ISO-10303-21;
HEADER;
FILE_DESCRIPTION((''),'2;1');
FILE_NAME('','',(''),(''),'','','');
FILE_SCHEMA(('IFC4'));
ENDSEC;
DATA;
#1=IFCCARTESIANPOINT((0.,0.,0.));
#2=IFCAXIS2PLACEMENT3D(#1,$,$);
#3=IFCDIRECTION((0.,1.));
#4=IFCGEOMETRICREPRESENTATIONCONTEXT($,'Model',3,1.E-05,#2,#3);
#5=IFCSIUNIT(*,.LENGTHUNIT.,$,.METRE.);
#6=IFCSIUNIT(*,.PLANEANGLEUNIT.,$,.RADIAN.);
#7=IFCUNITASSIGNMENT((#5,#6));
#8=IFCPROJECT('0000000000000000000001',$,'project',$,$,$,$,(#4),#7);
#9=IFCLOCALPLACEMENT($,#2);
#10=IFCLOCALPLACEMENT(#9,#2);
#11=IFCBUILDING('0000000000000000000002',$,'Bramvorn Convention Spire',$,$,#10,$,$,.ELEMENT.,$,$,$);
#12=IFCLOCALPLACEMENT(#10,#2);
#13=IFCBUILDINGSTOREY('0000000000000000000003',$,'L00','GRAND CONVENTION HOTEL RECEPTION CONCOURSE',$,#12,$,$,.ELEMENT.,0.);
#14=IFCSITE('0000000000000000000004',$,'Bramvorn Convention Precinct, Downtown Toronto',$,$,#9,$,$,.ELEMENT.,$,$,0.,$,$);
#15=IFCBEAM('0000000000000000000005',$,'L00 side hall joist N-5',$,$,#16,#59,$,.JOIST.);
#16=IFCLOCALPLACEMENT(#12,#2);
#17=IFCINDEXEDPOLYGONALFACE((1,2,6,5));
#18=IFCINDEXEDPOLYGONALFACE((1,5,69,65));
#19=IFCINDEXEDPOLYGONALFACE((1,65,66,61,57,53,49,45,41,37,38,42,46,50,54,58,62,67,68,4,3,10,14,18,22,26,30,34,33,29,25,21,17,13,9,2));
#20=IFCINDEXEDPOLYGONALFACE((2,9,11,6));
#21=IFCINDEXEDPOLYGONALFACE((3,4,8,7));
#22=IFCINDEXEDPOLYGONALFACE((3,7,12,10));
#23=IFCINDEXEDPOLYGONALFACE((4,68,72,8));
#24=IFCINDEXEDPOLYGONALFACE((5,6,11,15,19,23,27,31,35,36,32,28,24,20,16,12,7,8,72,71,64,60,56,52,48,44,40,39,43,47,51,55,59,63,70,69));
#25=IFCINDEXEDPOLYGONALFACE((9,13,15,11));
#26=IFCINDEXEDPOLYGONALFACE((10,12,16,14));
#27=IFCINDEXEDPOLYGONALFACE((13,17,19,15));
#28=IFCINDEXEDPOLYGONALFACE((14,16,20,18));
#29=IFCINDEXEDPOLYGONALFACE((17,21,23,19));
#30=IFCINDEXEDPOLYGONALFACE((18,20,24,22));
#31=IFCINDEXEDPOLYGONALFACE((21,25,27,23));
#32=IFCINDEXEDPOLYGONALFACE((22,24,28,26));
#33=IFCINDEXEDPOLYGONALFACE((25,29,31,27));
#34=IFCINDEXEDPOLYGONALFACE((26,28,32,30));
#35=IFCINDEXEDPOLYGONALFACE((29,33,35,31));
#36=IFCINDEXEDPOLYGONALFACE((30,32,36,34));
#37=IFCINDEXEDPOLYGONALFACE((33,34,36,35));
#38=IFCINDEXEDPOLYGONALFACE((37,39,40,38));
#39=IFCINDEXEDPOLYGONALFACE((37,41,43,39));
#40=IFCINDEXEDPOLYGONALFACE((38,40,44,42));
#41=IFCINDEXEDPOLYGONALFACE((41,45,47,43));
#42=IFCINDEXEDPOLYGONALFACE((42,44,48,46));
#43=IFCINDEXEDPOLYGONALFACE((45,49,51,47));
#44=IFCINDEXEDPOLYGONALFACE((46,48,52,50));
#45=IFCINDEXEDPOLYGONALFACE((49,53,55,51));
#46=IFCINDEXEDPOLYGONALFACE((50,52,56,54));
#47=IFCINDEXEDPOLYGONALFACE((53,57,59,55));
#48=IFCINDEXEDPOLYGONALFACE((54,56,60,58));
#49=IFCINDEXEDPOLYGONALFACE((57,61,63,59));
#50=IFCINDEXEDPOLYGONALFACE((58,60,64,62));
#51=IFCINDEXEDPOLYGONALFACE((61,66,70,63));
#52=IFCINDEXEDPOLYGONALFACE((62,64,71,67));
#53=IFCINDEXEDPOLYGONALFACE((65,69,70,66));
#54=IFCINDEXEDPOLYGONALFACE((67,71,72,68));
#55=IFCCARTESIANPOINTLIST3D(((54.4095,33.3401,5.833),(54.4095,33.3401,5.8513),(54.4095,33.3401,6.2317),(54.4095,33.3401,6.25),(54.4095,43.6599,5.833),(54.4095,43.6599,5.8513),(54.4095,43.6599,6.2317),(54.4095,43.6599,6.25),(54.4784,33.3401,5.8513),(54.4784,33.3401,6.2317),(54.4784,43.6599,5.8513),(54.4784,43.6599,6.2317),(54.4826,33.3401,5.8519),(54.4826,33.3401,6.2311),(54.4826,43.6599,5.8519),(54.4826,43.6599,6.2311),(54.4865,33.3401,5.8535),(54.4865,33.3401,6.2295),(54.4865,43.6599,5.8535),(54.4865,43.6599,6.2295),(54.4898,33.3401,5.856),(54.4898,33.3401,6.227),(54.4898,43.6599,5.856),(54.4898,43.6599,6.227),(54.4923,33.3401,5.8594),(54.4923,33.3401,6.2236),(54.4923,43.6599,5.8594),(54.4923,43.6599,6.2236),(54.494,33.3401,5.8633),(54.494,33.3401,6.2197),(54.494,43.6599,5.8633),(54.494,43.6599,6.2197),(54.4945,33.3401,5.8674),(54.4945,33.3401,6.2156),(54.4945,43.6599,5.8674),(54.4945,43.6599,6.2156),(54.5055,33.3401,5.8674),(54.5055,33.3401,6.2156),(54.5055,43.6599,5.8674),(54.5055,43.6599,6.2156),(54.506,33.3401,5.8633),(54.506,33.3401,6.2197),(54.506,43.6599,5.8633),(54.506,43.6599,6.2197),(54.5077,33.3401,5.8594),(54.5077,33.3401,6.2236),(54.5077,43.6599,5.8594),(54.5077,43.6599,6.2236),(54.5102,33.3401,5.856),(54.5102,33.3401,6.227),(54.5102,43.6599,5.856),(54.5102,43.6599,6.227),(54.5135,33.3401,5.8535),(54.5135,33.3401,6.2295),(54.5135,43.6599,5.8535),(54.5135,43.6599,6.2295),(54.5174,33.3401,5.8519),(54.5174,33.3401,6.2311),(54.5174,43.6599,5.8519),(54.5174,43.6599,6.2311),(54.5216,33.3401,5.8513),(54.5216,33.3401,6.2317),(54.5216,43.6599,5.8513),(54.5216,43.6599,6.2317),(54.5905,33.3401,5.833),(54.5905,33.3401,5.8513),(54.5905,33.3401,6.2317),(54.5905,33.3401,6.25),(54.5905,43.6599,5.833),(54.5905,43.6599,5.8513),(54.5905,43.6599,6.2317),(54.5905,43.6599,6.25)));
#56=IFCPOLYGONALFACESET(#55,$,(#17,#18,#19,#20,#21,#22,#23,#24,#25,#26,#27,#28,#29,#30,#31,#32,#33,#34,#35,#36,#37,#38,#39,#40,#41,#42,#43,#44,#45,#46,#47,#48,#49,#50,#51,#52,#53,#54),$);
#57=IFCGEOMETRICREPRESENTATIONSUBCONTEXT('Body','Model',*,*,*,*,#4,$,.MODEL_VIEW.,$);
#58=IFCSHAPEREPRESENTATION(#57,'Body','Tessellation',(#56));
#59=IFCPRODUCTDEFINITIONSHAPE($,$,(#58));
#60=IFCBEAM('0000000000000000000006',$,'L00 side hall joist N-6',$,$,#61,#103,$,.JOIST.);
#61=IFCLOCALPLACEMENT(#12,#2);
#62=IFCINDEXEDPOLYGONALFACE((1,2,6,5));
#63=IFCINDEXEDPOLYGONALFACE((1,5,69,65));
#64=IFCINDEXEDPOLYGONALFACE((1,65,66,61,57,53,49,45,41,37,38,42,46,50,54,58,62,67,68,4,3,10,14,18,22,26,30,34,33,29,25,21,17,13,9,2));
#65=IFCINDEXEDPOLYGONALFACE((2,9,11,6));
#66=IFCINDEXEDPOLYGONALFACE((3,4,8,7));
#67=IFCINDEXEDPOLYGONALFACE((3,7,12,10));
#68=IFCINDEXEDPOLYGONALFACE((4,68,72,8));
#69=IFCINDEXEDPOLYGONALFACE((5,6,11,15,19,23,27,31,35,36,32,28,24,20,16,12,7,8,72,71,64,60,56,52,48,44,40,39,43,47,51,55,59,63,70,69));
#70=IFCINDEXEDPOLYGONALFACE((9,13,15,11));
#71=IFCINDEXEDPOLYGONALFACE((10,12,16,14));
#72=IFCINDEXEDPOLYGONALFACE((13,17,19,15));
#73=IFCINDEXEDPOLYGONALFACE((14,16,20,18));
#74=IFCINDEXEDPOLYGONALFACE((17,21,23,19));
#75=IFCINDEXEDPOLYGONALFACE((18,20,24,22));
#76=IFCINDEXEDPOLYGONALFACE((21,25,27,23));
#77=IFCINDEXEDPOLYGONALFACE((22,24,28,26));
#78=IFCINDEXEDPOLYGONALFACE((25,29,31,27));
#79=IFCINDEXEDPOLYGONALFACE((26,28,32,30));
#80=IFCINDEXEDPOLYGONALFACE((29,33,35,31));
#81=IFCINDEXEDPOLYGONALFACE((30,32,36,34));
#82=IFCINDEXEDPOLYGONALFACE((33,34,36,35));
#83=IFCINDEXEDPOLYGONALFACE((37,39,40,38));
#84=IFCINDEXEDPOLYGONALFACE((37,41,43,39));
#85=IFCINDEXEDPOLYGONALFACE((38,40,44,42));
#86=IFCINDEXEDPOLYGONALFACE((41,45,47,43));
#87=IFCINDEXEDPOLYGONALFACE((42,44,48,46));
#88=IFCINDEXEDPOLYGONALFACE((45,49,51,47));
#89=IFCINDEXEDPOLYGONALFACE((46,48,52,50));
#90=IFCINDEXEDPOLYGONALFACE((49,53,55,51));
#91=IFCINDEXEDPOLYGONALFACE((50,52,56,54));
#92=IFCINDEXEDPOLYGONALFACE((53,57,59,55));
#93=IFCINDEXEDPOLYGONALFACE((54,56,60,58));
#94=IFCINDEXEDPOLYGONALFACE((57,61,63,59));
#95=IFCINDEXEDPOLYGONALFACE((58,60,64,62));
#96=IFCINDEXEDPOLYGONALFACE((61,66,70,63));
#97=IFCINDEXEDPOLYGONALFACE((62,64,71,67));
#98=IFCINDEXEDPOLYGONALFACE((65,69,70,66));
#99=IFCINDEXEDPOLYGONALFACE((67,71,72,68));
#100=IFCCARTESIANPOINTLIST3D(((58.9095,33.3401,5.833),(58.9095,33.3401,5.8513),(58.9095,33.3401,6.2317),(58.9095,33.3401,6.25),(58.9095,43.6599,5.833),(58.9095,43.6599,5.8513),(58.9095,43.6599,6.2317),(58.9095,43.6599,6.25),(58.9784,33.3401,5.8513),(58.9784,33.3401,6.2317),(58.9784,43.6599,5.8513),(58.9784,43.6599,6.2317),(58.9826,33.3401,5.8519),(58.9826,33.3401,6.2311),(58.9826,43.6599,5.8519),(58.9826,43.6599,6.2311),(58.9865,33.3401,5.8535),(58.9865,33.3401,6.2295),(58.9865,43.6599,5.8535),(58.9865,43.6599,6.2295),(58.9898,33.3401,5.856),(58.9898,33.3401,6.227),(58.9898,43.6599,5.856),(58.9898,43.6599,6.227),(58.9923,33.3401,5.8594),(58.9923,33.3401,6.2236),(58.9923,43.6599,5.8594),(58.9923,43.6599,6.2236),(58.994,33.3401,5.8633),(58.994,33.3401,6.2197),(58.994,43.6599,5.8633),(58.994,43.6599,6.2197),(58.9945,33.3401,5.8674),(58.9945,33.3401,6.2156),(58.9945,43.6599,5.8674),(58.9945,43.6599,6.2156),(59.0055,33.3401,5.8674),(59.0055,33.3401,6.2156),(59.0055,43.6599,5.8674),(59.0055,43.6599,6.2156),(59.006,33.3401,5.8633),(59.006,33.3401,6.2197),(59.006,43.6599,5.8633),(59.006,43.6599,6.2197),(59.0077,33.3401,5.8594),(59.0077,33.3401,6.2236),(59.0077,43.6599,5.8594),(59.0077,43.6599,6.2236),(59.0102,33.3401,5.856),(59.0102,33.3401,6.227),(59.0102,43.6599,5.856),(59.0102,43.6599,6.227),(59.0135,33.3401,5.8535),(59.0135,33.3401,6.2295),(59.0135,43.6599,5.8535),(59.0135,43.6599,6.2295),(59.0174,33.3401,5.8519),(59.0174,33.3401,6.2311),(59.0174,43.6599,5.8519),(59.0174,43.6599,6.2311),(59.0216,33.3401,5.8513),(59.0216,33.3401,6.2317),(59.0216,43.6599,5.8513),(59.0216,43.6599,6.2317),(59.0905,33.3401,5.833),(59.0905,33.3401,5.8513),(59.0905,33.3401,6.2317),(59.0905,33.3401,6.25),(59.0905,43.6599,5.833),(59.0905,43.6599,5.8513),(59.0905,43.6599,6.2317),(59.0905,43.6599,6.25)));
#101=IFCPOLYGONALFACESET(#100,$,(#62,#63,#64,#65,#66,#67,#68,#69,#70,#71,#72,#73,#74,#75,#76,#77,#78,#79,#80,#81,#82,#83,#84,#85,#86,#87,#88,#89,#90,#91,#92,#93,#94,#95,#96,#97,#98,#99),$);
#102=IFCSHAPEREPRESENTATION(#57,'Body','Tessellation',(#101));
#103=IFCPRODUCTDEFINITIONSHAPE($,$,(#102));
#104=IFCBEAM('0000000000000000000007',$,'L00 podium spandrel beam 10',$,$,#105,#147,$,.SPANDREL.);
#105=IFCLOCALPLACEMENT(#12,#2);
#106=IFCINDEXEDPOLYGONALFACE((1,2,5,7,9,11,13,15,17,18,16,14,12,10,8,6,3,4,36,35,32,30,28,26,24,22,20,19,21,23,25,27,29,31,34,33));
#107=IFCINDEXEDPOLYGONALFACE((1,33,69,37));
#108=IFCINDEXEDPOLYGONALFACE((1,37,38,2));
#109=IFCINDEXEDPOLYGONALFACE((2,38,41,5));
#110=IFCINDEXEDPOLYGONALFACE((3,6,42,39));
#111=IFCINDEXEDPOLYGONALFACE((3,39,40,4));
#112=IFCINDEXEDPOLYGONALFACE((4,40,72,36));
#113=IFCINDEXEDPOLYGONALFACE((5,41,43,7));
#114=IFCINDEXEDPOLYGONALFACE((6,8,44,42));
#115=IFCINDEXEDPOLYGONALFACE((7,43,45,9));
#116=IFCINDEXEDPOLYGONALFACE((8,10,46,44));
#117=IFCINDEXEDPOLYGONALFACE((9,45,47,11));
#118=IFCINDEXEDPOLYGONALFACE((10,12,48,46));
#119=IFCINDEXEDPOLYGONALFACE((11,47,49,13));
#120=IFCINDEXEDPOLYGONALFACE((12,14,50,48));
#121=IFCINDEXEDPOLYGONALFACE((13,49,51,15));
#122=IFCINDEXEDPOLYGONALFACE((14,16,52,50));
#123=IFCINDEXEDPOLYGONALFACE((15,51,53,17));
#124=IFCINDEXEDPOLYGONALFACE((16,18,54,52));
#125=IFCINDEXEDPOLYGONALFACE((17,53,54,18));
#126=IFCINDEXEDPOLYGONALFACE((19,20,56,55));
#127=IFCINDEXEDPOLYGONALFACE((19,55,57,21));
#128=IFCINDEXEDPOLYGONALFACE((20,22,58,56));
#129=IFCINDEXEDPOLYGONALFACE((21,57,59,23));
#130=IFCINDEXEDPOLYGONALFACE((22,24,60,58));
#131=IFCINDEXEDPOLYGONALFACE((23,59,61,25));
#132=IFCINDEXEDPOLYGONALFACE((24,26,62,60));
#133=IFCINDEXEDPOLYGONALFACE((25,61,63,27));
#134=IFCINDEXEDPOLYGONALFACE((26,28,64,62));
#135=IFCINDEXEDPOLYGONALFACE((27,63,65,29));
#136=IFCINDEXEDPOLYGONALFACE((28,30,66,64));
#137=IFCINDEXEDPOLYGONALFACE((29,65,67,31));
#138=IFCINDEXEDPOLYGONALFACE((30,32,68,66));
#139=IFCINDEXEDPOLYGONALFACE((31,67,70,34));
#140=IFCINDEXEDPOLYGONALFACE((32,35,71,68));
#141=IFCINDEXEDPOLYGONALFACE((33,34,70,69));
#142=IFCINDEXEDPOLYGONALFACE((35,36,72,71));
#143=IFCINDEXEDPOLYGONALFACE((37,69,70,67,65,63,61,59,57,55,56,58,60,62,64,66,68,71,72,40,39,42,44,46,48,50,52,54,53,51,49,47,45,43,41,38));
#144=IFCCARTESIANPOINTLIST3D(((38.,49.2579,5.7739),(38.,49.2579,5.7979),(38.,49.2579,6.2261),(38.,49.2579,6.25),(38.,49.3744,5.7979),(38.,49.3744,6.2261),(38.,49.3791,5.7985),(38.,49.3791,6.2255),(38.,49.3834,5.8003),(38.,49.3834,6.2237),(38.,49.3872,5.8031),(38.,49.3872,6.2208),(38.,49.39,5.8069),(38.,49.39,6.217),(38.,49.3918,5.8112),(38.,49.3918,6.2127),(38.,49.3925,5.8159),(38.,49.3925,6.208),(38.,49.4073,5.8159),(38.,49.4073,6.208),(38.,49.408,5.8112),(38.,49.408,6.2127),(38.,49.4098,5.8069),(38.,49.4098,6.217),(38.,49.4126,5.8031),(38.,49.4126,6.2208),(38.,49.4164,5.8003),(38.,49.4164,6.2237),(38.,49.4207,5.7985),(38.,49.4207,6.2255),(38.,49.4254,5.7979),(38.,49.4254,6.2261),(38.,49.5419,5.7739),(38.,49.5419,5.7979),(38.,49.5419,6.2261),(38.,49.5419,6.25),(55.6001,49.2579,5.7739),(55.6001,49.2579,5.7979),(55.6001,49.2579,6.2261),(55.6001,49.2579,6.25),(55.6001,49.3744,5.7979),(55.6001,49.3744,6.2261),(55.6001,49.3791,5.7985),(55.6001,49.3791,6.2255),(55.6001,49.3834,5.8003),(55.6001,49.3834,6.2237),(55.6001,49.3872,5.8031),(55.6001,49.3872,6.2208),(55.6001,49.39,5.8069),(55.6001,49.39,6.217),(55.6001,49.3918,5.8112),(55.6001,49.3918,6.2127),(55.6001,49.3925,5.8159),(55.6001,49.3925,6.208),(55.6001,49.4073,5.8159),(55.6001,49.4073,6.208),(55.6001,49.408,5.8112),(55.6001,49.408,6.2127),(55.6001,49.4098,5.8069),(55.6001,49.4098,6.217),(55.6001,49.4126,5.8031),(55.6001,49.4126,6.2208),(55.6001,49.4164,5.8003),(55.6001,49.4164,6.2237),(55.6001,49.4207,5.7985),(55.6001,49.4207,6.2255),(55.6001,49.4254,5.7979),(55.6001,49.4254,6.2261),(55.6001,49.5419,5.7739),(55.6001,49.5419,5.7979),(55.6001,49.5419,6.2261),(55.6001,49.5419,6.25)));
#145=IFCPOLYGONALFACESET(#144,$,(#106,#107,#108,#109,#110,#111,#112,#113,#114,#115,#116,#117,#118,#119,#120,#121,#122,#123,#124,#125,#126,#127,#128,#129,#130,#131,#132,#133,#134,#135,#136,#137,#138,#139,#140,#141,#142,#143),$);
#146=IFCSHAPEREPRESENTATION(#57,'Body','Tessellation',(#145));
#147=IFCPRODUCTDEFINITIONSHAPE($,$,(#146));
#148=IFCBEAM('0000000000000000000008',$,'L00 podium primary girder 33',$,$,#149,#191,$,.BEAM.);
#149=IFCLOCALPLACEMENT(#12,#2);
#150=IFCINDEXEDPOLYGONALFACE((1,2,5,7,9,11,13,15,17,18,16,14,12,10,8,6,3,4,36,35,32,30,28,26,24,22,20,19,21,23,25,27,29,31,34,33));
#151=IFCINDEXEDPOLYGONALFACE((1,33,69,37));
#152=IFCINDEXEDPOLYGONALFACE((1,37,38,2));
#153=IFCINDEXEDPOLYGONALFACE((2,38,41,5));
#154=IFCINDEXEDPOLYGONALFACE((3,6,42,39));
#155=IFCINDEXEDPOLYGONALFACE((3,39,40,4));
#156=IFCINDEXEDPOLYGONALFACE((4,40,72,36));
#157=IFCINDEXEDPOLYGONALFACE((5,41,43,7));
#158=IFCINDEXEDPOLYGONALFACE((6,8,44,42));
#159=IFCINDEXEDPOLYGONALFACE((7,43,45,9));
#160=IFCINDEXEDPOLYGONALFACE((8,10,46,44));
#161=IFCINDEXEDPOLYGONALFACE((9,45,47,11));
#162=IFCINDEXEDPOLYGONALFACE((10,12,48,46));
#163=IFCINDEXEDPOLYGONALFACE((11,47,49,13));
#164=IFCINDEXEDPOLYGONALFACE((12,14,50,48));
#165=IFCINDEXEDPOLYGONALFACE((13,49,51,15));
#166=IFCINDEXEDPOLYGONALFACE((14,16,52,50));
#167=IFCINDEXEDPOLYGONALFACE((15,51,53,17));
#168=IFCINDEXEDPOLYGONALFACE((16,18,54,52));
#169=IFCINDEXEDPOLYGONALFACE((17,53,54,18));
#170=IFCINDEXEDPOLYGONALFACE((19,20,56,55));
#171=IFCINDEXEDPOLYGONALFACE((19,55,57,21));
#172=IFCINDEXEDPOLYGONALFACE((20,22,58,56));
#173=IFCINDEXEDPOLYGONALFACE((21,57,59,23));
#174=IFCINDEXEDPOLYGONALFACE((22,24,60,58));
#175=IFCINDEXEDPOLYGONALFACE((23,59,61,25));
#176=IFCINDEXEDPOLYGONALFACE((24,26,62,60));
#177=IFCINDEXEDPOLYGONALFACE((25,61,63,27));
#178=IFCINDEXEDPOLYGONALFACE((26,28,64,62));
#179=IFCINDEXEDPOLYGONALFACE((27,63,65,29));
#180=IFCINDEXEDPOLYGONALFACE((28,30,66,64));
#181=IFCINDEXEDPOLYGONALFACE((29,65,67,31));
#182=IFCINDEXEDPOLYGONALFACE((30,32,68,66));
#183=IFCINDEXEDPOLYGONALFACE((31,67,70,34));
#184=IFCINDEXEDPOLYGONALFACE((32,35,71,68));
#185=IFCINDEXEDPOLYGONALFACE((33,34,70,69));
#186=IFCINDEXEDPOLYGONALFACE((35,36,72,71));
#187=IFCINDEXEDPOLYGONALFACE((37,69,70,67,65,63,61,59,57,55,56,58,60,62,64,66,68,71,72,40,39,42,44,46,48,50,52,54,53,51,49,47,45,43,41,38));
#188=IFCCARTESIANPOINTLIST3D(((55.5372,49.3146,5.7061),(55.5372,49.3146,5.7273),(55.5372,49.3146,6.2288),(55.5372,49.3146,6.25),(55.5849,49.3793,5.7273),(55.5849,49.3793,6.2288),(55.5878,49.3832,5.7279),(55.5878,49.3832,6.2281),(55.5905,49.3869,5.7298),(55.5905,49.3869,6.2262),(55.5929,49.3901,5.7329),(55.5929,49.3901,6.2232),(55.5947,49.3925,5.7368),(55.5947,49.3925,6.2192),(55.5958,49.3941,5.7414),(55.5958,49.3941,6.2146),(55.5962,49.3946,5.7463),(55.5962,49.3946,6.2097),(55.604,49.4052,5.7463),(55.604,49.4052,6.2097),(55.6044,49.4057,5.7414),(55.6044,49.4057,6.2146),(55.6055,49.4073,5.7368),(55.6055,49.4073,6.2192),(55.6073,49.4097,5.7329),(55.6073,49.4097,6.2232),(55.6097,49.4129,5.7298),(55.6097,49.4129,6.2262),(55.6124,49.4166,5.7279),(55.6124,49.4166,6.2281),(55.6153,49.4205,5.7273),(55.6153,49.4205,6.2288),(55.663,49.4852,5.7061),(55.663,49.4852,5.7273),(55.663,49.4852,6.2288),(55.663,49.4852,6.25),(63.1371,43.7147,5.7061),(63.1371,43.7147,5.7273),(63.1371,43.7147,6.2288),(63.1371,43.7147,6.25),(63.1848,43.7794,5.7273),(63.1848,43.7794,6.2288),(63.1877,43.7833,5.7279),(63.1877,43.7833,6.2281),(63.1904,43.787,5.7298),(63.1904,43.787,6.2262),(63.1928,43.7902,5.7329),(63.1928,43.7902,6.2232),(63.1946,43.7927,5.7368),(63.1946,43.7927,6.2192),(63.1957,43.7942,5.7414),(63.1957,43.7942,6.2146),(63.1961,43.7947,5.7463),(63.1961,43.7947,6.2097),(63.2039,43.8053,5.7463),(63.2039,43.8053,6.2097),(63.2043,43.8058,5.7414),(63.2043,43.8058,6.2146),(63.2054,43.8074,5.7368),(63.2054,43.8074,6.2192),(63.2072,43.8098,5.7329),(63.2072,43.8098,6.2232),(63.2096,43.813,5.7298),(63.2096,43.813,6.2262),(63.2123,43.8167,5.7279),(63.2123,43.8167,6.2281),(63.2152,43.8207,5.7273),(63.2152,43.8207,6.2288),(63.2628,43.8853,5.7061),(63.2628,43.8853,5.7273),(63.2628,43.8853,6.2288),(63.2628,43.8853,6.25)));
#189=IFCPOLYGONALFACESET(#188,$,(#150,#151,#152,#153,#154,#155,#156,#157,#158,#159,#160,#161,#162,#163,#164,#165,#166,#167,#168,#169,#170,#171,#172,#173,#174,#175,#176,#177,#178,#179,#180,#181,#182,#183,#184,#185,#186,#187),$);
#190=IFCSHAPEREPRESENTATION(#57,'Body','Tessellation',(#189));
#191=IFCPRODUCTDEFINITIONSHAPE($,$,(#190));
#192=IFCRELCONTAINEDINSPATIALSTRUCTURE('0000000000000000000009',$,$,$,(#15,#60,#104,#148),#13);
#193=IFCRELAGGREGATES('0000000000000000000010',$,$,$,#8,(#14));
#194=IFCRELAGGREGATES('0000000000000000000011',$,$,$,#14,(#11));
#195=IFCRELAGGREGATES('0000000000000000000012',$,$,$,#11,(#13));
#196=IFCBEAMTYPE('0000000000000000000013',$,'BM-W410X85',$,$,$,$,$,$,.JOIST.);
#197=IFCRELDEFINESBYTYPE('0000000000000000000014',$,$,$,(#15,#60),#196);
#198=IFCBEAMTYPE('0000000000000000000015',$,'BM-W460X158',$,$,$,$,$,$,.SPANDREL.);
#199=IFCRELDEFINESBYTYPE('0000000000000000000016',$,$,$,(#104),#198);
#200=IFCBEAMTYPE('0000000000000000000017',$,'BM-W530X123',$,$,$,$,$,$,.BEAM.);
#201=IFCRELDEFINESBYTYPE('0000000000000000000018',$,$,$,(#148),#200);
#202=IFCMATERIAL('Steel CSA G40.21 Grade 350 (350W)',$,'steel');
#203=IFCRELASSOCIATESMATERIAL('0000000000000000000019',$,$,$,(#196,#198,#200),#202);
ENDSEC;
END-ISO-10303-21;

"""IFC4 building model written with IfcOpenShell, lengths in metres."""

from ifc_helpers import new_model, si_unit, direction, frame, origin, origin_2d, place, context, subcontext, project, spatial, i_section, extrude, material, material_profile, profile_set, type_object, element, save


model = new_model("IFC4")

# Units and contexts
model_context = context("Model", 3, precision=1e-05, world=origin(), true_north=direction((0.0, 1.0)))
body_context = subcontext(model_context, "Body", "Model", "MODEL_VIEW")
ifc_project = project(units=[si_unit("LENGTHUNIT", "METRE"), si_unit("PLANEANGLEUNIT", "RADIAN")], contexts=[model_context])

# Site, building, storey
site_placement = place(None, origin())
site = spatial("IfcSite", under=ifc_project, at=site_placement, Name="Bramvorn Convention Precinct, Downtown Toronto", CompositionType="ELEMENT", RefElevation=0.0)
building_placement = place(site_placement, origin())
building = spatial("IfcBuilding", under=site, at=building_placement, Name="Bramvorn Convention Spire", CompositionType="ELEMENT")
storey_placement = place(building_placement, origin())
storey = spatial("IfcBuildingStorey", under=building, at=storey_placement, Name="L00", Description="GRAND CONVENTION HOTEL RECEPTION CONCOURSE", CompositionType="ELEMENT", Elevation=0.0)

# Shared definitions
ifc_material_1 = material(Name="Steel CSA G40.21 Grade 350 (350W)", Category="steel")

# Beams
ifc_material_profile_1 = material_profile(ifc_material_1, i_section(OverallWidth=0.1809, OverallDepth=0.417, WebThickness=0.011, FlangeThickness=0.0183, FilletRadius=0.0161, at=origin_2d()))
ifc_profile_set_1 = profile_set([ifc_material_profile_1], Name="Steel CSA G40.21 Grade 350 (350W) - W410X85")
beam_type_1 = type_object("IfcBeamType", Name="BM-W410X85", PredefinedType="JOIST", material=ifc_profile_set_1)
for number, where, z_axis, x_axis, name in (
    (1, (54.5, 33.3401, 6.0415), (0.0, 1.0, 0.0), (-1.0, 0.0, 0.0), "L00 side hall joist N-5"),
    (2, (59.0, 33.3401, 6.0415), (0.0, 1.0, 0.0), (-1.0, 0.0, 0.0), "L00 side hall joist N-6"),
):
    element("IfcBeam", number, at=place(storey_placement, frame(where, z_axis=z_axis, x_axis=x_axis)), inside=storey, type_object=beam_type_1, Name=name, PredefinedType="JOIST", context=body_context, shape_type="SweptSolid", body=[
        extrude(i_section(OverallWidth=0.1809, OverallDepth=0.417, WebThickness=0.011, FlangeThickness=0.0183, FilletRadius=0.0161, at=origin_2d()), origin(), (0.0, 0.0, 1.0), 10.3198),
    ])
ifc_material_profile_2 = material_profile(ifc_material_1, i_section(OverallWidth=0.2839, OverallDepth=0.4761, WebThickness=0.0149, FlangeThickness=0.0239, FilletRadius=0.0181, at=origin_2d()))
ifc_profile_set_2 = profile_set([ifc_material_profile_2], Name="Steel CSA G40.21 Grade 350 (350W) - W460X158")
beam_type_2 = type_object("IfcBeamType", Name="BM-W460X158", PredefinedType="SPANDREL", material=ifc_profile_set_2)
beam_1_placement = place(storey_placement, frame((55.6001, 49.3999, 6.012), z_axis=(-1.0, 0.0, 0.0), x_axis=(0.0, -1.0, 0.0)))
element("IfcBeam", 3, at=beam_1_placement, inside=storey, type_object=beam_type_2, Name="L00 podium spandrel beam 10", PredefinedType="SPANDREL", context=body_context, shape_type="SweptSolid", body=[
    extrude(i_section(OverallWidth=0.2839, OverallDepth=0.4761, WebThickness=0.0149, FlangeThickness=0.0239, FilletRadius=0.0181, at=origin_2d()), origin(), (0.0, 0.0, 1.0), 17.6001),
])
ifc_material_profile_3 = material_profile(ifc_material_1, i_section(OverallWidth=0.2119, OverallDepth=0.5439, WebThickness=0.0132, FlangeThickness=0.0212, FilletRadius=0.019, at=origin_2d()))
ifc_profile_set_3 = profile_set([ifc_material_profile_3], Name="Steel CSA G40.21 Grade 350 (350W) - W530X123")
beam_type_3 = type_object("IfcBeamType", Name="BM-W530X123", PredefinedType="BEAM", material=ifc_profile_set_3)
beam_2_placement = place(storey_placement, frame((55.6001, 49.3999, 5.978), z_axis=(0.805058, -0.593196, 0.0), x_axis=(0.593196, 0.805058, 0.0)))
element("IfcBeam", 4, at=beam_2_placement, inside=storey, type_object=beam_type_3, Name="L00 podium primary girder 33", PredefinedType="BEAM", context=body_context, shape_type="SweptSolid", body=[
    extrude(i_section(OverallWidth=0.2119, OverallDepth=0.5439, WebThickness=0.0132, FlangeThickness=0.0212, FilletRadius=0.019, at=origin_2d()), origin(), (0.0, 0.0, 1.0), 9.4402),
])

save(model, "model.ifc")
